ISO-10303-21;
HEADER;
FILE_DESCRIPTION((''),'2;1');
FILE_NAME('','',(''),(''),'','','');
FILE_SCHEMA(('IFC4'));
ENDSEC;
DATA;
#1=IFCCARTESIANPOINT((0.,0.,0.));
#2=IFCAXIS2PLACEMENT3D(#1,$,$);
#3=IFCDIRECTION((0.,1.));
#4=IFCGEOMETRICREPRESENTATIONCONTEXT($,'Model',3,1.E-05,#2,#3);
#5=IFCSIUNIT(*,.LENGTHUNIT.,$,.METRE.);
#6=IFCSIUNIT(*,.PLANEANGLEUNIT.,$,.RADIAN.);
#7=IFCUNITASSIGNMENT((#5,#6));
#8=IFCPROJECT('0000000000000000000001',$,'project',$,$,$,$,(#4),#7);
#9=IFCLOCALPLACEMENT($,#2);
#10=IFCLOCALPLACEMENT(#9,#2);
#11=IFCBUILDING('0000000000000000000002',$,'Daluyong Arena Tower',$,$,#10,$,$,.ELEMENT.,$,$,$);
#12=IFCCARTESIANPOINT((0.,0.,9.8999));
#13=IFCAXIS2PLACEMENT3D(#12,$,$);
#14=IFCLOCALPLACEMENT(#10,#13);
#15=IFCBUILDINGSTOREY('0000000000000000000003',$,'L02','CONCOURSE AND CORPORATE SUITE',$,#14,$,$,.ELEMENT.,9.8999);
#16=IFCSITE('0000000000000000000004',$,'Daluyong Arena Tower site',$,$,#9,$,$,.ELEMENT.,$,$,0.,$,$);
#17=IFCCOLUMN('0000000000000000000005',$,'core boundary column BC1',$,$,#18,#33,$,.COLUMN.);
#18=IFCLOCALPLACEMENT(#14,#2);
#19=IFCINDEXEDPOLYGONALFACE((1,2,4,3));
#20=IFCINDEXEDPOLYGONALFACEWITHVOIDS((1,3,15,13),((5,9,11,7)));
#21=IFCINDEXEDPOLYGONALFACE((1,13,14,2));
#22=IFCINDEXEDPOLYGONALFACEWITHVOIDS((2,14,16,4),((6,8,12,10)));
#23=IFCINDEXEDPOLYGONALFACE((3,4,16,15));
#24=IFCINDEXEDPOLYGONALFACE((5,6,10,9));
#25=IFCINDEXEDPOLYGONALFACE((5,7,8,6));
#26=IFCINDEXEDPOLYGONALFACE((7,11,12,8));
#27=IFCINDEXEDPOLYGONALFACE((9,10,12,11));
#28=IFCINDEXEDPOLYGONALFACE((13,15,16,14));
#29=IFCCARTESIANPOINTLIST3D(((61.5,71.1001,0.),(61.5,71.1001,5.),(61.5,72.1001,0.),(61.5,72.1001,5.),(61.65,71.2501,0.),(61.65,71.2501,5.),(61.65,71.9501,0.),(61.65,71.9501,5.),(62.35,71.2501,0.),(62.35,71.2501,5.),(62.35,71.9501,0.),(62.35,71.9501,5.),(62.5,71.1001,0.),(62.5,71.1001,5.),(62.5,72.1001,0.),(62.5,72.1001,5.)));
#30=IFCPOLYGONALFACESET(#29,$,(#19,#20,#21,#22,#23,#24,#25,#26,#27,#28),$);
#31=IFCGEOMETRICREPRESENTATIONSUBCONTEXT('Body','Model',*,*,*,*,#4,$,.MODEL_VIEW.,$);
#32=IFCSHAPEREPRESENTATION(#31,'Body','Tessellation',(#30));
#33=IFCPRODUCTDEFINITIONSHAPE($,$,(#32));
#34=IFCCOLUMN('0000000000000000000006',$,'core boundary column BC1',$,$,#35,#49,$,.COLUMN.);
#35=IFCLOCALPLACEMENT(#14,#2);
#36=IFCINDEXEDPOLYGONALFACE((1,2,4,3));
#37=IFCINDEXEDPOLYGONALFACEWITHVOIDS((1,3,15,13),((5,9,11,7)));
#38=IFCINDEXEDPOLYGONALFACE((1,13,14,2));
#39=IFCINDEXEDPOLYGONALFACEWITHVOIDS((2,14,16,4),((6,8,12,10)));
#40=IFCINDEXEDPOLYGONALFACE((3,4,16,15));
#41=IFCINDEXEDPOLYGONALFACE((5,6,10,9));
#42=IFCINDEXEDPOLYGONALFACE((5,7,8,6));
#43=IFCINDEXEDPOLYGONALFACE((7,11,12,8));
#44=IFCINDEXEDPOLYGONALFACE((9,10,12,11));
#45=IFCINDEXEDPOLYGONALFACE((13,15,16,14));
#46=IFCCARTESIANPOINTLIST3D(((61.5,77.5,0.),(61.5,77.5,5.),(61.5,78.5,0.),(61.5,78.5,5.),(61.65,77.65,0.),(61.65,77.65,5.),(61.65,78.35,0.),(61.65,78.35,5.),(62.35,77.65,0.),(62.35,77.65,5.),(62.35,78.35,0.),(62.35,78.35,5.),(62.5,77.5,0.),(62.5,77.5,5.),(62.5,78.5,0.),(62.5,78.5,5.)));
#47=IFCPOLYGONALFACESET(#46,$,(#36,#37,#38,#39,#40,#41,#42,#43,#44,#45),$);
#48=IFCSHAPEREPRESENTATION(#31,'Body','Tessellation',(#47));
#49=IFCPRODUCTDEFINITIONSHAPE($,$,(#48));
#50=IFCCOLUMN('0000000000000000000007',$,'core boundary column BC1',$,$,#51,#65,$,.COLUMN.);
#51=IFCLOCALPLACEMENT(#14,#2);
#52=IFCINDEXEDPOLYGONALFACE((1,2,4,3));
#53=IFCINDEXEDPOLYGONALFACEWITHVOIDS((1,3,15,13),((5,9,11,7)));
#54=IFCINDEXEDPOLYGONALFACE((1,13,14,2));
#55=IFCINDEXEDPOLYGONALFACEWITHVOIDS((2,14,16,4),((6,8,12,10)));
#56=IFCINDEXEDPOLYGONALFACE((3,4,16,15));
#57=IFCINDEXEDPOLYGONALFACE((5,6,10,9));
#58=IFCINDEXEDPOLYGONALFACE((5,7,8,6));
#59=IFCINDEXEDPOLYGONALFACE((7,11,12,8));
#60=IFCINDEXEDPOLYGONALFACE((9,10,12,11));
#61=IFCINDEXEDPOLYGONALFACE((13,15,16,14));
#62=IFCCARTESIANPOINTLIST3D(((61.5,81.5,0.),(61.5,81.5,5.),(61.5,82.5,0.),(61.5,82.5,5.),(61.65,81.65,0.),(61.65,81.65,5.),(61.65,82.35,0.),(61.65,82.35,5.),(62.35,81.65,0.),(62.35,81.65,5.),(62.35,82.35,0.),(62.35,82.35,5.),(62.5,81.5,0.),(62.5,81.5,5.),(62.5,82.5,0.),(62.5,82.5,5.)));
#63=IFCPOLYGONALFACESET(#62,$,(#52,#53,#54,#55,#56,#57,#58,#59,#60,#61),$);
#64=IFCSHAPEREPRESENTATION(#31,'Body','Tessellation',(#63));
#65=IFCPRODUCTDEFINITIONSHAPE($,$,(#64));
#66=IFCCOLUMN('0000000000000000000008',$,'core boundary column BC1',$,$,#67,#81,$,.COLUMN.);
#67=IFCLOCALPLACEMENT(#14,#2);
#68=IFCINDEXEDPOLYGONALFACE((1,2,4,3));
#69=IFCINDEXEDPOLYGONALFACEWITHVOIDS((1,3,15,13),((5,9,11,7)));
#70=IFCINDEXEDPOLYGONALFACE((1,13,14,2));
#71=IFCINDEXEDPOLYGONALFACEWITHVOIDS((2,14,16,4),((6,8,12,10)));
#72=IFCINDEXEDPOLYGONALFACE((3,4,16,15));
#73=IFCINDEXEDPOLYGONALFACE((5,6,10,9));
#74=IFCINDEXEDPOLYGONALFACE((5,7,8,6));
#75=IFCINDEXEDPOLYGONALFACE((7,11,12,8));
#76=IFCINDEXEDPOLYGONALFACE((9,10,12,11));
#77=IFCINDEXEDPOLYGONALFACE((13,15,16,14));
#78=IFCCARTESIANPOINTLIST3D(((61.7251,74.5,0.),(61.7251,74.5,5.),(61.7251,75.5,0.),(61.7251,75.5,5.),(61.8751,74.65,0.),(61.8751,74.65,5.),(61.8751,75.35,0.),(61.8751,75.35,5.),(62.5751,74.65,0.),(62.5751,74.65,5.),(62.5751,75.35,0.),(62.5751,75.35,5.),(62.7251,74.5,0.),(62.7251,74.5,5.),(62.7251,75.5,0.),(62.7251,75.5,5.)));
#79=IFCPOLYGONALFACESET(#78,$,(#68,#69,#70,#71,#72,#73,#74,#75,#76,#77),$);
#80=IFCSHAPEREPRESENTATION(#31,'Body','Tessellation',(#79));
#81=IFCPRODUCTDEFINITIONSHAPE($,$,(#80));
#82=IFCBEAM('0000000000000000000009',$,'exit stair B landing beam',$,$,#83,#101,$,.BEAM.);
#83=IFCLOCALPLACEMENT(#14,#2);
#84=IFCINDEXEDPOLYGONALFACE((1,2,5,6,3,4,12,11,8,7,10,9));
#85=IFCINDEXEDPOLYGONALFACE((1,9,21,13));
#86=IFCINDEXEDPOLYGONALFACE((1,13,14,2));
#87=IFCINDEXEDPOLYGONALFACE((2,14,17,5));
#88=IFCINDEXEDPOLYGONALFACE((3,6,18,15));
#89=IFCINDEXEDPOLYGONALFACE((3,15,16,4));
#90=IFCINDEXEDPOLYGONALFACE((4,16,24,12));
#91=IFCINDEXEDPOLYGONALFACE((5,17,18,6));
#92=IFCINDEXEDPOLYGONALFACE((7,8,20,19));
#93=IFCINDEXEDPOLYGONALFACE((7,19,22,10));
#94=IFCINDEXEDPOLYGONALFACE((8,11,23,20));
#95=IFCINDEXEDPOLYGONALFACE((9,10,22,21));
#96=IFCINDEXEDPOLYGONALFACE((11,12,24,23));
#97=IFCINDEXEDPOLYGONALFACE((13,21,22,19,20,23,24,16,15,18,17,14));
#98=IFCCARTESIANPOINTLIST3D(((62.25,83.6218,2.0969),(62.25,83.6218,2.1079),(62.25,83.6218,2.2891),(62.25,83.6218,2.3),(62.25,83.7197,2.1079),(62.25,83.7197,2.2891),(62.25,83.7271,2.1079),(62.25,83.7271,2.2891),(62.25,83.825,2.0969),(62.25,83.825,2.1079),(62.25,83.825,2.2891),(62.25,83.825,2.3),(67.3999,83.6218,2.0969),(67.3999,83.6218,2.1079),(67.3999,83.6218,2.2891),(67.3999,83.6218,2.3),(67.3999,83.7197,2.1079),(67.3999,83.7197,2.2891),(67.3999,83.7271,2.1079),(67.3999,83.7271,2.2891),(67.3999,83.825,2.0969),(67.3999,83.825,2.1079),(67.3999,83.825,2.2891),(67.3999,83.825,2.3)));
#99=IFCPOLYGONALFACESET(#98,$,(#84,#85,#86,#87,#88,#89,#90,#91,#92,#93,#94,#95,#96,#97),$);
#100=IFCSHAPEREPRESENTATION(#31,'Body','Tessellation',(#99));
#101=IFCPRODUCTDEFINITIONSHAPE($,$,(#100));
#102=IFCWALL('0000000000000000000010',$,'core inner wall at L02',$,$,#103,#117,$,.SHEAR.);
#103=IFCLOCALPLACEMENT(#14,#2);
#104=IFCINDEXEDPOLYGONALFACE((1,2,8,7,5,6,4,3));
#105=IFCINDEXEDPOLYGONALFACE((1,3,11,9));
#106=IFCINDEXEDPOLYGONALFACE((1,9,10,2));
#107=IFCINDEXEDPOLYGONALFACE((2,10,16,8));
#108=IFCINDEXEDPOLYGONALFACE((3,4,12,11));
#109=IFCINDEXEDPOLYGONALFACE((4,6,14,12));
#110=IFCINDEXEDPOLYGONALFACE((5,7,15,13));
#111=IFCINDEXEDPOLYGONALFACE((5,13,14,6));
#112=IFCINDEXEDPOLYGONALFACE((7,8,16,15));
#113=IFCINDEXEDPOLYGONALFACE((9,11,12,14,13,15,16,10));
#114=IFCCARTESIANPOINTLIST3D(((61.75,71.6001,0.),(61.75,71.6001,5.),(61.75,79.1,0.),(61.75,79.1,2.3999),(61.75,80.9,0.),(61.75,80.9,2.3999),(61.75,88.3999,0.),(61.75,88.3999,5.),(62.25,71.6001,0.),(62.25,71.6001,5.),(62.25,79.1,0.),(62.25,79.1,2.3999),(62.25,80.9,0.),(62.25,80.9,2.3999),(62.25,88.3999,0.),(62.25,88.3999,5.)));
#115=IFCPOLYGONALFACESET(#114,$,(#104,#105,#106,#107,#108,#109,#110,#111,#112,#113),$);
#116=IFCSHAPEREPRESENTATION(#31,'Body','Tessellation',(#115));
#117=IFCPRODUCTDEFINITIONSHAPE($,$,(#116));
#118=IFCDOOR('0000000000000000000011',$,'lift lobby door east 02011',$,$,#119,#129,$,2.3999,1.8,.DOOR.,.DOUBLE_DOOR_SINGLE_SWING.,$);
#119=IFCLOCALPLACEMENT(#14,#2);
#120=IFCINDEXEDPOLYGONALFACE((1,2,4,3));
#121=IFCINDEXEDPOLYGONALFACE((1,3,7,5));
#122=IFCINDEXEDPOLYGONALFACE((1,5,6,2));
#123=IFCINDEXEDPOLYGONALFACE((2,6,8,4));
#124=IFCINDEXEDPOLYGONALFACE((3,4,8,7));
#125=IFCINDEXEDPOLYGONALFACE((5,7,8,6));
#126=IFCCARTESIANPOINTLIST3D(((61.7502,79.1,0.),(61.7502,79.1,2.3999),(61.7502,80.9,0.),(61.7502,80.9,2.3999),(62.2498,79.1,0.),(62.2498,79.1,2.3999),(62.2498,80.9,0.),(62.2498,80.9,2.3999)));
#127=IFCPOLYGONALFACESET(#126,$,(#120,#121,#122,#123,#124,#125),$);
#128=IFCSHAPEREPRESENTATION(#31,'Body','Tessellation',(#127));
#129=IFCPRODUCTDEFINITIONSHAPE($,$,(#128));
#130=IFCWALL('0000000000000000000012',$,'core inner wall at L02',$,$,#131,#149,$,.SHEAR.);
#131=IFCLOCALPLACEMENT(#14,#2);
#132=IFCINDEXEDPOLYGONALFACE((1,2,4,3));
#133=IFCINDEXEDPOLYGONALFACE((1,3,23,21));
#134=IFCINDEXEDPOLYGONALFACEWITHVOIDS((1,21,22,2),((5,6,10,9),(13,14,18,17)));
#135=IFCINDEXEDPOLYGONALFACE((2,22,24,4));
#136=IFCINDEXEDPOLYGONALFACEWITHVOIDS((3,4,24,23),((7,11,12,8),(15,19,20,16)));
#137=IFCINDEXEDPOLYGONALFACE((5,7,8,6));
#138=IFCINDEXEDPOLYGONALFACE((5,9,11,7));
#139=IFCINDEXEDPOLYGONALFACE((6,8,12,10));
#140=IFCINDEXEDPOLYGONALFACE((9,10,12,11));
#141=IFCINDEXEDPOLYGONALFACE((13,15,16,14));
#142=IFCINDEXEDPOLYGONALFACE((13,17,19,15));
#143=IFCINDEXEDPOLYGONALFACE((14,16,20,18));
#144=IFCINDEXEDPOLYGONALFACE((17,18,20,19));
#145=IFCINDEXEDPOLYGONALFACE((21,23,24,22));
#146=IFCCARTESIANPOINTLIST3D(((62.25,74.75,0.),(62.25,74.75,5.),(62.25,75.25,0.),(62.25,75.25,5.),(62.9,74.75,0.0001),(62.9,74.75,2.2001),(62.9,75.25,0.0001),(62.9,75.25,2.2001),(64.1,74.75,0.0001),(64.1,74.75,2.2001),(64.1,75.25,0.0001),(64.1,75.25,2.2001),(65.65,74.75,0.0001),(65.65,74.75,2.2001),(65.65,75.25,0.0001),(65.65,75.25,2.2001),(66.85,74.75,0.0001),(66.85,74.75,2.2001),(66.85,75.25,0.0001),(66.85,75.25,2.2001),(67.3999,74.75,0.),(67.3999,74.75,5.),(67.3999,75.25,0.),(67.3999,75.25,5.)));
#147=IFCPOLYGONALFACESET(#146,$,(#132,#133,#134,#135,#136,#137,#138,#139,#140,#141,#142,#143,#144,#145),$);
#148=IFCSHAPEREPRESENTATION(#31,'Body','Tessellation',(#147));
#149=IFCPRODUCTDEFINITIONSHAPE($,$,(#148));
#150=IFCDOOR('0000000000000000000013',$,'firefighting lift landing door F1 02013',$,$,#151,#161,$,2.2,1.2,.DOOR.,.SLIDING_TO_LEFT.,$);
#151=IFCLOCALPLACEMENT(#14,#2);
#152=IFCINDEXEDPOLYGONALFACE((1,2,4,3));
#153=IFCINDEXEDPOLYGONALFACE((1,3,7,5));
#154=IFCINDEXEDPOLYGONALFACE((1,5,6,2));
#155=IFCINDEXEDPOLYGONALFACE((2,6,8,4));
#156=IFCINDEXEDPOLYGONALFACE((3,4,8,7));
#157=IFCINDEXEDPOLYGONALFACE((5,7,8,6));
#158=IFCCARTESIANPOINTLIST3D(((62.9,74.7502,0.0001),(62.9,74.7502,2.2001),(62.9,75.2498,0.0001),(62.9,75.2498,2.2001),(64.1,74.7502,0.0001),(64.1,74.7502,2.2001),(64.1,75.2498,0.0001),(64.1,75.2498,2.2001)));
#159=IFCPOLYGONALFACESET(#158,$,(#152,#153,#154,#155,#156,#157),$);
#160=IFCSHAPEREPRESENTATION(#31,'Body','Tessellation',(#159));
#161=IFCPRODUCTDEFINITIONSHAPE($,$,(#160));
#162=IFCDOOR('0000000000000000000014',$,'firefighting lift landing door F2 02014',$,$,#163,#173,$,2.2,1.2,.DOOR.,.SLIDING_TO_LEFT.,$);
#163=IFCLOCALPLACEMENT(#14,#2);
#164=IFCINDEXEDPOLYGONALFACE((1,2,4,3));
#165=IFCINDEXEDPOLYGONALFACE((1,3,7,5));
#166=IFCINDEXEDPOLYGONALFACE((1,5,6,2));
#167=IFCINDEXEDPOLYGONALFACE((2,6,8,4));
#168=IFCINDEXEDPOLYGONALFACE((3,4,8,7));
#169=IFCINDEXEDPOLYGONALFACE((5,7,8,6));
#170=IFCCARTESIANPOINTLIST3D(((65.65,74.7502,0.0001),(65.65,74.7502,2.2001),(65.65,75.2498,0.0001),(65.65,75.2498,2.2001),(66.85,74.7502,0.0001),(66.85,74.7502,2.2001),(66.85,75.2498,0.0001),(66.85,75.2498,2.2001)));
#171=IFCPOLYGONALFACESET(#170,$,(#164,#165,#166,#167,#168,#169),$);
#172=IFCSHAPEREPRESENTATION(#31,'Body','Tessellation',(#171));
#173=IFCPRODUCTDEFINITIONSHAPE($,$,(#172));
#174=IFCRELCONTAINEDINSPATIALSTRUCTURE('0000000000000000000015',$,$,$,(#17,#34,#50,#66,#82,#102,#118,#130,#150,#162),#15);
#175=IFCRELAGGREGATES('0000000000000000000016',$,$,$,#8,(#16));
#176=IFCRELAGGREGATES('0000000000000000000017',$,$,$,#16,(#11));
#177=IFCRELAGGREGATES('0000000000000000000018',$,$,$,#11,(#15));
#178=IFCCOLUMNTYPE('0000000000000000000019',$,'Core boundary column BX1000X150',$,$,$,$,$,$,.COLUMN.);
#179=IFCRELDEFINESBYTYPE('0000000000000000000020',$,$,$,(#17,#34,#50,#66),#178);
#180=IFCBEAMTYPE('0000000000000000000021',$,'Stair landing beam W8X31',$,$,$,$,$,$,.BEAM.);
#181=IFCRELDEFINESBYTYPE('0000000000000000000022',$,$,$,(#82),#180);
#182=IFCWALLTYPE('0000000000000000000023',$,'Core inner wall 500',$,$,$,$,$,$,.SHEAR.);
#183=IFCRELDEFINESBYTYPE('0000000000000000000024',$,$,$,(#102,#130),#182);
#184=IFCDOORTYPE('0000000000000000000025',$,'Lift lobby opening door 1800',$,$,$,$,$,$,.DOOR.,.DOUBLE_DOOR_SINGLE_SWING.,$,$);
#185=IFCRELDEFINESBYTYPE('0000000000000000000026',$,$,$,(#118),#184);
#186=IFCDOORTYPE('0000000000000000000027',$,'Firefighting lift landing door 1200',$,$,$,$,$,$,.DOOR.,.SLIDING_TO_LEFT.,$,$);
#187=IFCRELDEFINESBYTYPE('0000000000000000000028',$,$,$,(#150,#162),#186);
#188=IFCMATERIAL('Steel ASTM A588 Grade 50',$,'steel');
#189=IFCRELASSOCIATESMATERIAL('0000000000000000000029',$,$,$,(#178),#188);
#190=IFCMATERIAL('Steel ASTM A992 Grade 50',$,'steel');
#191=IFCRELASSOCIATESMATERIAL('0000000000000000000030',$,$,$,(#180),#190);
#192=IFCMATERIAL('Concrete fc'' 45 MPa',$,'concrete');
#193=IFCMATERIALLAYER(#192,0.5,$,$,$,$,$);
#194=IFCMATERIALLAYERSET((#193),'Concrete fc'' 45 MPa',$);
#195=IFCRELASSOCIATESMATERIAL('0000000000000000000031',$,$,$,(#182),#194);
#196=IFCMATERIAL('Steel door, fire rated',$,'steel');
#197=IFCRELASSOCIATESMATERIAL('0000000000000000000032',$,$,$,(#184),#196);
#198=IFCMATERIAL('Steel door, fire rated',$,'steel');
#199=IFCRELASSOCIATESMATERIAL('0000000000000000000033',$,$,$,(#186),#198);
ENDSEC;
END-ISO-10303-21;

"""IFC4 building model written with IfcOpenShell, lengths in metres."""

from ifc_helpers import new_model, si_unit, direction, frame, frame_2d, origin, origin_2d, place, context, subcontext, project, spatial, rectangle, hollow_rectangle, i_section, extrude, material, layer, layer_set, material_profile, profile_set, type_object, element, fill, save


model = new_model("IFC4")

# Units and contexts
model_context = context("Model", 3, precision=1e-05, world=origin(), true_north=direction((0.0, 1.0)))
body_context = subcontext(model_context, "Body", "Model", "MODEL_VIEW")
ifc_project = project(units=[si_unit("LENGTHUNIT", "METRE"), si_unit("PLANEANGLEUNIT", "RADIAN")], contexts=[model_context])

# Site, building, storey
site_placement = place(None, origin())
site = spatial("IfcSite", under=ifc_project, at=site_placement, Name="Daluyong Arena Tower site", CompositionType="ELEMENT", RefElevation=0.0)
building_placement = place(site_placement, origin())
building = spatial("IfcBuilding", under=site, at=building_placement, Name="Daluyong Arena Tower", CompositionType="ELEMENT")
storey_placement = place(building_placement, frame((0.0, 0.0, 9.8999)))
storey = spatial("IfcBuildingStorey", under=building, at=storey_placement, Name="L02", Description="CONCOURSE AND CORPORATE SUITE", CompositionType="ELEMENT", Elevation=9.8999)

# Columns
ifc_material_1 = material(Name="Steel ASTM A588 Grade 50", Category="steel")
ifc_material_profile_1 = material_profile(ifc_material_1, hollow_rectangle(XDim=1.0, YDim=1.0, WallThickness=0.15, at=origin_2d()))
ifc_profile_set_1 = profile_set([ifc_material_profile_1], Name="Steel ASTM A588 Grade 50")
column_type = type_object("IfcColumnType", Name="Core boundary column BX1000X150", PredefinedType="COLUMN", material=ifc_profile_set_1)
for number, where, z_axis, x_axis, name in (
    (1, (62.0, 71.6001, 0.0), (0.0, 0.0, 1.0), (1.0, 0.0, 0.0), "core boundary column BC1"),
    (2, (62.0, 78.0, 0.0), (0.0, 0.0, 1.0), (1.0, 0.0, 0.0), "core boundary column BC1"),
    (3, (62.0, 82.0, 0.0), (0.0, 0.0, 1.0), (1.0, 0.0, 0.0), "core boundary column BC1"),
    (4, (62.2251, 75.0, 0.0), (0.0, 0.0, 1.0), (1.0, 0.0, 0.0), "core boundary column BC1"),
):
    element("IfcColumn", number, at=place(storey_placement, frame(where, z_axis=z_axis, x_axis=x_axis)), inside=storey, type_object=column_type, Name=name, PredefinedType="COLUMN", context=body_context, shape_type="SweptSolid", body=[
        extrude(hollow_rectangle(XDim=1.0, YDim=1.0, WallThickness=0.15, at=origin_2d()), origin(), (0.0, 0.0, 1.0), 5.0),
    ])

# Beam
ifc_material_2 = material(Name="Steel ASTM A992 Grade 50", Category="steel")
ifc_material_profile_2 = material_profile(ifc_material_2, i_section(OverallWidth=0.2031, OverallDepth=0.2031, WebThickness=0.0073, FlangeThickness=0.011, at=origin_2d()))
ifc_profile_set_2 = profile_set([ifc_material_profile_2], Name="Steel ASTM A992 Grade 50")
beam_type = type_object("IfcBeamType", Name="Stair landing beam W8X31", PredefinedType="BEAM", material=ifc_profile_set_2)
beam_placement = place(storey_placement, frame((62.25, 83.7234, 2.1985), z_axis=(1.0, 0.0, 0.0), x_axis=(0.0, 1.0, 0.0)))
element("IfcBeam", 5, at=beam_placement, inside=storey, type_object=beam_type, Name="exit stair B landing beam", PredefinedType="BEAM", context=body_context, shape_type="SweptSolid", body=[
    extrude(i_section(OverallWidth=0.2031, OverallDepth=0.2031, WebThickness=0.0073, FlangeThickness=0.011, at=origin_2d()), origin(), (0.0, 0.0, 1.0), 5.1499),
])

# Wall, opening, door
ifc_material_3 = material(Name="Concrete fc' 45 MPa", Category="concrete")
ifc_layer_1 = layer(ifc_material_3, 0.5)
ifc_layer_set_1 = layer_set([ifc_layer_1], Name="Concrete fc' 45 MPa")
wall_type_1 = type_object("IfcWallType", Name="Core inner wall 500", PredefinedType="SHEAR", material=ifc_layer_set_1)
wall_1_placement = place(storey_placement, frame((62.0, 71.6001, 0.0), z_axis=(0.0, 0.0, 1.0), x_axis=(0.0, 1.0, 0.0)))
wall_1 = element("IfcWall", 6, at=wall_1_placement, inside=storey, type_object=wall_type_1, Name="core inner wall at L02", PredefinedType="SHEAR", context=body_context, shape_type="SweptSolid", body=[
    extrude(rectangle(XDim=16.7998, YDim=0.5, at=frame_2d((8.3999, 0.0))), origin(), (0.0, 0.0, 1.0), 5.0),
])
opening_1_placement = place(wall_1_placement, frame((7.5, 0.0, 0.0)))
opening_1 = element("IfcOpeningElement", 7, at=opening_1_placement, cuts=wall_1, PredefinedType="OPENING", context=body_context, shape_type="SweptSolid", body=[
    extrude(rectangle(XDim=1.8, YDim=2.3999, at=frame_2d((0.8999, 1.2))), frame((0.0, 0.26, 0.0), z_axis=(0.0, -1.0, 0.0), x_axis=(1.0, 0.0, 0.0)), (0.0, 0.0, 1.0), 0.52),
])
ifc_material_4 = material(Name="Steel door, fire rated", Category="steel")
door_type_1 = type_object("IfcDoorType", Name="Lift lobby opening door 1800", OperationType="DOUBLE_DOOR_SINGLE_SWING", PredefinedType="DOOR", material=ifc_material_4)
door_1_placement = place(opening_1_placement, origin())
door_1 = element("IfcDoor", 8, at=door_1_placement, inside=storey, type_object=door_type_1, Name="lift lobby door east 02011", OperationType="DOUBLE_DOOR_SINGLE_SWING", OverallHeight=2.3999, OverallWidth=1.8, PredefinedType="DOOR", context=body_context, shape_type="SweptSolid", body=[
    extrude(rectangle(XDim=1.8, YDim=2.3999, at=frame_2d((0.8999, 1.2))), frame((0.0, 0.2498, 0.0), z_axis=(0.0, -1.0, 0.0), x_axis=(1.0, 0.0, 0.0)), (0.0, 0.0, 1.0), 0.4995),
])
fill(opening_1, door_1)

# Wall, openings, doors
wall_2_placement = place(storey_placement, frame((62.25, 75.0, 0.0), z_axis=(0.0, 0.0, 1.0), x_axis=(1.0, 0.0, 0.0)))
wall_2 = element("IfcWall", 9, at=wall_2_placement, inside=storey, type_object=wall_type_1, Name="core inner wall at L02", PredefinedType="SHEAR", context=body_context, shape_type="SweptSolid", body=[
    extrude(rectangle(XDim=5.1499, YDim=0.5, at=frame_2d((2.575, 0.0))), origin(), (0.0, 0.0, 1.0), 5.0),
])
opening_2_placement = place(wall_2_placement, frame((0.6499, 0.0, 0.0)))
opening_2 = element("IfcOpeningElement", 10, at=opening_2_placement, cuts=wall_2, PredefinedType="OPENING", context=body_context, shape_type="SweptSolid", body=[
    extrude(rectangle(XDim=1.2, YDim=2.2, at=frame_2d((0.6001, 1.1001))), frame((0.0, 0.26, 0.0), z_axis=(0.0, -1.0, 0.0), x_axis=(1.0, 0.0, 0.0)), (0.0, 0.0, 1.0), 0.52),
])
opening_3_placement = place(wall_2_placement, frame((3.3999, 0.0, 0.0)))
opening_3 = element("IfcOpeningElement", 11, at=opening_3_placement, cuts=wall_2, PredefinedType="OPENING", context=body_context, shape_type="SweptSolid", body=[
    extrude(rectangle(XDim=1.2, YDim=2.2, at=frame_2d((0.6001, 1.1001))), frame((0.0, 0.26, 0.0), z_axis=(0.0, -1.0, 0.0), x_axis=(1.0, 0.0, 0.0)), (0.0, 0.0, 1.0), 0.52),
])
ifc_material_5 = material(Name="Steel door, fire rated", Category="steel")
door_type_2 = type_object("IfcDoorType", Name="Firefighting lift landing door 1200", OperationType="SLIDING_TO_LEFT", PredefinedType="DOOR", material=ifc_material_5)
door_2_placement = place(opening_2_placement, origin())
door_2 = element("IfcDoor", 12, at=door_2_placement, inside=storey, type_object=door_type_2, Name="firefighting lift landing door F1 02013", OperationType="SLIDING_TO_LEFT", OverallHeight=2.2, OverallWidth=1.2, PredefinedType="DOOR", context=body_context, shape_type="SweptSolid", body=[
    extrude(rectangle(XDim=1.2, YDim=2.2, at=frame_2d((0.6001, 1.1001))), frame((0.0, 0.2498, 0.0), z_axis=(0.0, -1.0, 0.0), x_axis=(1.0, 0.0, 0.0)), (0.0, 0.0, 1.0), 0.4995),
])
fill(opening_2, door_2)
door_3_placement = place(opening_3_placement, origin())
door_3 = element("IfcDoor", 13, at=door_3_placement, inside=storey, type_object=door_type_2, Name="firefighting lift landing door F2 02014", OperationType="SLIDING_TO_LEFT", OverallHeight=2.2, OverallWidth=1.2, PredefinedType="DOOR", context=body_context, shape_type="SweptSolid", body=[
    extrude(rectangle(XDim=1.2, YDim=2.2, at=frame_2d((0.6001, 1.1001))), frame((0.0, 0.2498, 0.0), z_axis=(0.0, -1.0, 0.0), x_axis=(1.0, 0.0, 0.0)), (0.0, 0.0, 1.0), 0.4995),
])
fill(opening_3, door_3)

save(model, "model.ifc")
